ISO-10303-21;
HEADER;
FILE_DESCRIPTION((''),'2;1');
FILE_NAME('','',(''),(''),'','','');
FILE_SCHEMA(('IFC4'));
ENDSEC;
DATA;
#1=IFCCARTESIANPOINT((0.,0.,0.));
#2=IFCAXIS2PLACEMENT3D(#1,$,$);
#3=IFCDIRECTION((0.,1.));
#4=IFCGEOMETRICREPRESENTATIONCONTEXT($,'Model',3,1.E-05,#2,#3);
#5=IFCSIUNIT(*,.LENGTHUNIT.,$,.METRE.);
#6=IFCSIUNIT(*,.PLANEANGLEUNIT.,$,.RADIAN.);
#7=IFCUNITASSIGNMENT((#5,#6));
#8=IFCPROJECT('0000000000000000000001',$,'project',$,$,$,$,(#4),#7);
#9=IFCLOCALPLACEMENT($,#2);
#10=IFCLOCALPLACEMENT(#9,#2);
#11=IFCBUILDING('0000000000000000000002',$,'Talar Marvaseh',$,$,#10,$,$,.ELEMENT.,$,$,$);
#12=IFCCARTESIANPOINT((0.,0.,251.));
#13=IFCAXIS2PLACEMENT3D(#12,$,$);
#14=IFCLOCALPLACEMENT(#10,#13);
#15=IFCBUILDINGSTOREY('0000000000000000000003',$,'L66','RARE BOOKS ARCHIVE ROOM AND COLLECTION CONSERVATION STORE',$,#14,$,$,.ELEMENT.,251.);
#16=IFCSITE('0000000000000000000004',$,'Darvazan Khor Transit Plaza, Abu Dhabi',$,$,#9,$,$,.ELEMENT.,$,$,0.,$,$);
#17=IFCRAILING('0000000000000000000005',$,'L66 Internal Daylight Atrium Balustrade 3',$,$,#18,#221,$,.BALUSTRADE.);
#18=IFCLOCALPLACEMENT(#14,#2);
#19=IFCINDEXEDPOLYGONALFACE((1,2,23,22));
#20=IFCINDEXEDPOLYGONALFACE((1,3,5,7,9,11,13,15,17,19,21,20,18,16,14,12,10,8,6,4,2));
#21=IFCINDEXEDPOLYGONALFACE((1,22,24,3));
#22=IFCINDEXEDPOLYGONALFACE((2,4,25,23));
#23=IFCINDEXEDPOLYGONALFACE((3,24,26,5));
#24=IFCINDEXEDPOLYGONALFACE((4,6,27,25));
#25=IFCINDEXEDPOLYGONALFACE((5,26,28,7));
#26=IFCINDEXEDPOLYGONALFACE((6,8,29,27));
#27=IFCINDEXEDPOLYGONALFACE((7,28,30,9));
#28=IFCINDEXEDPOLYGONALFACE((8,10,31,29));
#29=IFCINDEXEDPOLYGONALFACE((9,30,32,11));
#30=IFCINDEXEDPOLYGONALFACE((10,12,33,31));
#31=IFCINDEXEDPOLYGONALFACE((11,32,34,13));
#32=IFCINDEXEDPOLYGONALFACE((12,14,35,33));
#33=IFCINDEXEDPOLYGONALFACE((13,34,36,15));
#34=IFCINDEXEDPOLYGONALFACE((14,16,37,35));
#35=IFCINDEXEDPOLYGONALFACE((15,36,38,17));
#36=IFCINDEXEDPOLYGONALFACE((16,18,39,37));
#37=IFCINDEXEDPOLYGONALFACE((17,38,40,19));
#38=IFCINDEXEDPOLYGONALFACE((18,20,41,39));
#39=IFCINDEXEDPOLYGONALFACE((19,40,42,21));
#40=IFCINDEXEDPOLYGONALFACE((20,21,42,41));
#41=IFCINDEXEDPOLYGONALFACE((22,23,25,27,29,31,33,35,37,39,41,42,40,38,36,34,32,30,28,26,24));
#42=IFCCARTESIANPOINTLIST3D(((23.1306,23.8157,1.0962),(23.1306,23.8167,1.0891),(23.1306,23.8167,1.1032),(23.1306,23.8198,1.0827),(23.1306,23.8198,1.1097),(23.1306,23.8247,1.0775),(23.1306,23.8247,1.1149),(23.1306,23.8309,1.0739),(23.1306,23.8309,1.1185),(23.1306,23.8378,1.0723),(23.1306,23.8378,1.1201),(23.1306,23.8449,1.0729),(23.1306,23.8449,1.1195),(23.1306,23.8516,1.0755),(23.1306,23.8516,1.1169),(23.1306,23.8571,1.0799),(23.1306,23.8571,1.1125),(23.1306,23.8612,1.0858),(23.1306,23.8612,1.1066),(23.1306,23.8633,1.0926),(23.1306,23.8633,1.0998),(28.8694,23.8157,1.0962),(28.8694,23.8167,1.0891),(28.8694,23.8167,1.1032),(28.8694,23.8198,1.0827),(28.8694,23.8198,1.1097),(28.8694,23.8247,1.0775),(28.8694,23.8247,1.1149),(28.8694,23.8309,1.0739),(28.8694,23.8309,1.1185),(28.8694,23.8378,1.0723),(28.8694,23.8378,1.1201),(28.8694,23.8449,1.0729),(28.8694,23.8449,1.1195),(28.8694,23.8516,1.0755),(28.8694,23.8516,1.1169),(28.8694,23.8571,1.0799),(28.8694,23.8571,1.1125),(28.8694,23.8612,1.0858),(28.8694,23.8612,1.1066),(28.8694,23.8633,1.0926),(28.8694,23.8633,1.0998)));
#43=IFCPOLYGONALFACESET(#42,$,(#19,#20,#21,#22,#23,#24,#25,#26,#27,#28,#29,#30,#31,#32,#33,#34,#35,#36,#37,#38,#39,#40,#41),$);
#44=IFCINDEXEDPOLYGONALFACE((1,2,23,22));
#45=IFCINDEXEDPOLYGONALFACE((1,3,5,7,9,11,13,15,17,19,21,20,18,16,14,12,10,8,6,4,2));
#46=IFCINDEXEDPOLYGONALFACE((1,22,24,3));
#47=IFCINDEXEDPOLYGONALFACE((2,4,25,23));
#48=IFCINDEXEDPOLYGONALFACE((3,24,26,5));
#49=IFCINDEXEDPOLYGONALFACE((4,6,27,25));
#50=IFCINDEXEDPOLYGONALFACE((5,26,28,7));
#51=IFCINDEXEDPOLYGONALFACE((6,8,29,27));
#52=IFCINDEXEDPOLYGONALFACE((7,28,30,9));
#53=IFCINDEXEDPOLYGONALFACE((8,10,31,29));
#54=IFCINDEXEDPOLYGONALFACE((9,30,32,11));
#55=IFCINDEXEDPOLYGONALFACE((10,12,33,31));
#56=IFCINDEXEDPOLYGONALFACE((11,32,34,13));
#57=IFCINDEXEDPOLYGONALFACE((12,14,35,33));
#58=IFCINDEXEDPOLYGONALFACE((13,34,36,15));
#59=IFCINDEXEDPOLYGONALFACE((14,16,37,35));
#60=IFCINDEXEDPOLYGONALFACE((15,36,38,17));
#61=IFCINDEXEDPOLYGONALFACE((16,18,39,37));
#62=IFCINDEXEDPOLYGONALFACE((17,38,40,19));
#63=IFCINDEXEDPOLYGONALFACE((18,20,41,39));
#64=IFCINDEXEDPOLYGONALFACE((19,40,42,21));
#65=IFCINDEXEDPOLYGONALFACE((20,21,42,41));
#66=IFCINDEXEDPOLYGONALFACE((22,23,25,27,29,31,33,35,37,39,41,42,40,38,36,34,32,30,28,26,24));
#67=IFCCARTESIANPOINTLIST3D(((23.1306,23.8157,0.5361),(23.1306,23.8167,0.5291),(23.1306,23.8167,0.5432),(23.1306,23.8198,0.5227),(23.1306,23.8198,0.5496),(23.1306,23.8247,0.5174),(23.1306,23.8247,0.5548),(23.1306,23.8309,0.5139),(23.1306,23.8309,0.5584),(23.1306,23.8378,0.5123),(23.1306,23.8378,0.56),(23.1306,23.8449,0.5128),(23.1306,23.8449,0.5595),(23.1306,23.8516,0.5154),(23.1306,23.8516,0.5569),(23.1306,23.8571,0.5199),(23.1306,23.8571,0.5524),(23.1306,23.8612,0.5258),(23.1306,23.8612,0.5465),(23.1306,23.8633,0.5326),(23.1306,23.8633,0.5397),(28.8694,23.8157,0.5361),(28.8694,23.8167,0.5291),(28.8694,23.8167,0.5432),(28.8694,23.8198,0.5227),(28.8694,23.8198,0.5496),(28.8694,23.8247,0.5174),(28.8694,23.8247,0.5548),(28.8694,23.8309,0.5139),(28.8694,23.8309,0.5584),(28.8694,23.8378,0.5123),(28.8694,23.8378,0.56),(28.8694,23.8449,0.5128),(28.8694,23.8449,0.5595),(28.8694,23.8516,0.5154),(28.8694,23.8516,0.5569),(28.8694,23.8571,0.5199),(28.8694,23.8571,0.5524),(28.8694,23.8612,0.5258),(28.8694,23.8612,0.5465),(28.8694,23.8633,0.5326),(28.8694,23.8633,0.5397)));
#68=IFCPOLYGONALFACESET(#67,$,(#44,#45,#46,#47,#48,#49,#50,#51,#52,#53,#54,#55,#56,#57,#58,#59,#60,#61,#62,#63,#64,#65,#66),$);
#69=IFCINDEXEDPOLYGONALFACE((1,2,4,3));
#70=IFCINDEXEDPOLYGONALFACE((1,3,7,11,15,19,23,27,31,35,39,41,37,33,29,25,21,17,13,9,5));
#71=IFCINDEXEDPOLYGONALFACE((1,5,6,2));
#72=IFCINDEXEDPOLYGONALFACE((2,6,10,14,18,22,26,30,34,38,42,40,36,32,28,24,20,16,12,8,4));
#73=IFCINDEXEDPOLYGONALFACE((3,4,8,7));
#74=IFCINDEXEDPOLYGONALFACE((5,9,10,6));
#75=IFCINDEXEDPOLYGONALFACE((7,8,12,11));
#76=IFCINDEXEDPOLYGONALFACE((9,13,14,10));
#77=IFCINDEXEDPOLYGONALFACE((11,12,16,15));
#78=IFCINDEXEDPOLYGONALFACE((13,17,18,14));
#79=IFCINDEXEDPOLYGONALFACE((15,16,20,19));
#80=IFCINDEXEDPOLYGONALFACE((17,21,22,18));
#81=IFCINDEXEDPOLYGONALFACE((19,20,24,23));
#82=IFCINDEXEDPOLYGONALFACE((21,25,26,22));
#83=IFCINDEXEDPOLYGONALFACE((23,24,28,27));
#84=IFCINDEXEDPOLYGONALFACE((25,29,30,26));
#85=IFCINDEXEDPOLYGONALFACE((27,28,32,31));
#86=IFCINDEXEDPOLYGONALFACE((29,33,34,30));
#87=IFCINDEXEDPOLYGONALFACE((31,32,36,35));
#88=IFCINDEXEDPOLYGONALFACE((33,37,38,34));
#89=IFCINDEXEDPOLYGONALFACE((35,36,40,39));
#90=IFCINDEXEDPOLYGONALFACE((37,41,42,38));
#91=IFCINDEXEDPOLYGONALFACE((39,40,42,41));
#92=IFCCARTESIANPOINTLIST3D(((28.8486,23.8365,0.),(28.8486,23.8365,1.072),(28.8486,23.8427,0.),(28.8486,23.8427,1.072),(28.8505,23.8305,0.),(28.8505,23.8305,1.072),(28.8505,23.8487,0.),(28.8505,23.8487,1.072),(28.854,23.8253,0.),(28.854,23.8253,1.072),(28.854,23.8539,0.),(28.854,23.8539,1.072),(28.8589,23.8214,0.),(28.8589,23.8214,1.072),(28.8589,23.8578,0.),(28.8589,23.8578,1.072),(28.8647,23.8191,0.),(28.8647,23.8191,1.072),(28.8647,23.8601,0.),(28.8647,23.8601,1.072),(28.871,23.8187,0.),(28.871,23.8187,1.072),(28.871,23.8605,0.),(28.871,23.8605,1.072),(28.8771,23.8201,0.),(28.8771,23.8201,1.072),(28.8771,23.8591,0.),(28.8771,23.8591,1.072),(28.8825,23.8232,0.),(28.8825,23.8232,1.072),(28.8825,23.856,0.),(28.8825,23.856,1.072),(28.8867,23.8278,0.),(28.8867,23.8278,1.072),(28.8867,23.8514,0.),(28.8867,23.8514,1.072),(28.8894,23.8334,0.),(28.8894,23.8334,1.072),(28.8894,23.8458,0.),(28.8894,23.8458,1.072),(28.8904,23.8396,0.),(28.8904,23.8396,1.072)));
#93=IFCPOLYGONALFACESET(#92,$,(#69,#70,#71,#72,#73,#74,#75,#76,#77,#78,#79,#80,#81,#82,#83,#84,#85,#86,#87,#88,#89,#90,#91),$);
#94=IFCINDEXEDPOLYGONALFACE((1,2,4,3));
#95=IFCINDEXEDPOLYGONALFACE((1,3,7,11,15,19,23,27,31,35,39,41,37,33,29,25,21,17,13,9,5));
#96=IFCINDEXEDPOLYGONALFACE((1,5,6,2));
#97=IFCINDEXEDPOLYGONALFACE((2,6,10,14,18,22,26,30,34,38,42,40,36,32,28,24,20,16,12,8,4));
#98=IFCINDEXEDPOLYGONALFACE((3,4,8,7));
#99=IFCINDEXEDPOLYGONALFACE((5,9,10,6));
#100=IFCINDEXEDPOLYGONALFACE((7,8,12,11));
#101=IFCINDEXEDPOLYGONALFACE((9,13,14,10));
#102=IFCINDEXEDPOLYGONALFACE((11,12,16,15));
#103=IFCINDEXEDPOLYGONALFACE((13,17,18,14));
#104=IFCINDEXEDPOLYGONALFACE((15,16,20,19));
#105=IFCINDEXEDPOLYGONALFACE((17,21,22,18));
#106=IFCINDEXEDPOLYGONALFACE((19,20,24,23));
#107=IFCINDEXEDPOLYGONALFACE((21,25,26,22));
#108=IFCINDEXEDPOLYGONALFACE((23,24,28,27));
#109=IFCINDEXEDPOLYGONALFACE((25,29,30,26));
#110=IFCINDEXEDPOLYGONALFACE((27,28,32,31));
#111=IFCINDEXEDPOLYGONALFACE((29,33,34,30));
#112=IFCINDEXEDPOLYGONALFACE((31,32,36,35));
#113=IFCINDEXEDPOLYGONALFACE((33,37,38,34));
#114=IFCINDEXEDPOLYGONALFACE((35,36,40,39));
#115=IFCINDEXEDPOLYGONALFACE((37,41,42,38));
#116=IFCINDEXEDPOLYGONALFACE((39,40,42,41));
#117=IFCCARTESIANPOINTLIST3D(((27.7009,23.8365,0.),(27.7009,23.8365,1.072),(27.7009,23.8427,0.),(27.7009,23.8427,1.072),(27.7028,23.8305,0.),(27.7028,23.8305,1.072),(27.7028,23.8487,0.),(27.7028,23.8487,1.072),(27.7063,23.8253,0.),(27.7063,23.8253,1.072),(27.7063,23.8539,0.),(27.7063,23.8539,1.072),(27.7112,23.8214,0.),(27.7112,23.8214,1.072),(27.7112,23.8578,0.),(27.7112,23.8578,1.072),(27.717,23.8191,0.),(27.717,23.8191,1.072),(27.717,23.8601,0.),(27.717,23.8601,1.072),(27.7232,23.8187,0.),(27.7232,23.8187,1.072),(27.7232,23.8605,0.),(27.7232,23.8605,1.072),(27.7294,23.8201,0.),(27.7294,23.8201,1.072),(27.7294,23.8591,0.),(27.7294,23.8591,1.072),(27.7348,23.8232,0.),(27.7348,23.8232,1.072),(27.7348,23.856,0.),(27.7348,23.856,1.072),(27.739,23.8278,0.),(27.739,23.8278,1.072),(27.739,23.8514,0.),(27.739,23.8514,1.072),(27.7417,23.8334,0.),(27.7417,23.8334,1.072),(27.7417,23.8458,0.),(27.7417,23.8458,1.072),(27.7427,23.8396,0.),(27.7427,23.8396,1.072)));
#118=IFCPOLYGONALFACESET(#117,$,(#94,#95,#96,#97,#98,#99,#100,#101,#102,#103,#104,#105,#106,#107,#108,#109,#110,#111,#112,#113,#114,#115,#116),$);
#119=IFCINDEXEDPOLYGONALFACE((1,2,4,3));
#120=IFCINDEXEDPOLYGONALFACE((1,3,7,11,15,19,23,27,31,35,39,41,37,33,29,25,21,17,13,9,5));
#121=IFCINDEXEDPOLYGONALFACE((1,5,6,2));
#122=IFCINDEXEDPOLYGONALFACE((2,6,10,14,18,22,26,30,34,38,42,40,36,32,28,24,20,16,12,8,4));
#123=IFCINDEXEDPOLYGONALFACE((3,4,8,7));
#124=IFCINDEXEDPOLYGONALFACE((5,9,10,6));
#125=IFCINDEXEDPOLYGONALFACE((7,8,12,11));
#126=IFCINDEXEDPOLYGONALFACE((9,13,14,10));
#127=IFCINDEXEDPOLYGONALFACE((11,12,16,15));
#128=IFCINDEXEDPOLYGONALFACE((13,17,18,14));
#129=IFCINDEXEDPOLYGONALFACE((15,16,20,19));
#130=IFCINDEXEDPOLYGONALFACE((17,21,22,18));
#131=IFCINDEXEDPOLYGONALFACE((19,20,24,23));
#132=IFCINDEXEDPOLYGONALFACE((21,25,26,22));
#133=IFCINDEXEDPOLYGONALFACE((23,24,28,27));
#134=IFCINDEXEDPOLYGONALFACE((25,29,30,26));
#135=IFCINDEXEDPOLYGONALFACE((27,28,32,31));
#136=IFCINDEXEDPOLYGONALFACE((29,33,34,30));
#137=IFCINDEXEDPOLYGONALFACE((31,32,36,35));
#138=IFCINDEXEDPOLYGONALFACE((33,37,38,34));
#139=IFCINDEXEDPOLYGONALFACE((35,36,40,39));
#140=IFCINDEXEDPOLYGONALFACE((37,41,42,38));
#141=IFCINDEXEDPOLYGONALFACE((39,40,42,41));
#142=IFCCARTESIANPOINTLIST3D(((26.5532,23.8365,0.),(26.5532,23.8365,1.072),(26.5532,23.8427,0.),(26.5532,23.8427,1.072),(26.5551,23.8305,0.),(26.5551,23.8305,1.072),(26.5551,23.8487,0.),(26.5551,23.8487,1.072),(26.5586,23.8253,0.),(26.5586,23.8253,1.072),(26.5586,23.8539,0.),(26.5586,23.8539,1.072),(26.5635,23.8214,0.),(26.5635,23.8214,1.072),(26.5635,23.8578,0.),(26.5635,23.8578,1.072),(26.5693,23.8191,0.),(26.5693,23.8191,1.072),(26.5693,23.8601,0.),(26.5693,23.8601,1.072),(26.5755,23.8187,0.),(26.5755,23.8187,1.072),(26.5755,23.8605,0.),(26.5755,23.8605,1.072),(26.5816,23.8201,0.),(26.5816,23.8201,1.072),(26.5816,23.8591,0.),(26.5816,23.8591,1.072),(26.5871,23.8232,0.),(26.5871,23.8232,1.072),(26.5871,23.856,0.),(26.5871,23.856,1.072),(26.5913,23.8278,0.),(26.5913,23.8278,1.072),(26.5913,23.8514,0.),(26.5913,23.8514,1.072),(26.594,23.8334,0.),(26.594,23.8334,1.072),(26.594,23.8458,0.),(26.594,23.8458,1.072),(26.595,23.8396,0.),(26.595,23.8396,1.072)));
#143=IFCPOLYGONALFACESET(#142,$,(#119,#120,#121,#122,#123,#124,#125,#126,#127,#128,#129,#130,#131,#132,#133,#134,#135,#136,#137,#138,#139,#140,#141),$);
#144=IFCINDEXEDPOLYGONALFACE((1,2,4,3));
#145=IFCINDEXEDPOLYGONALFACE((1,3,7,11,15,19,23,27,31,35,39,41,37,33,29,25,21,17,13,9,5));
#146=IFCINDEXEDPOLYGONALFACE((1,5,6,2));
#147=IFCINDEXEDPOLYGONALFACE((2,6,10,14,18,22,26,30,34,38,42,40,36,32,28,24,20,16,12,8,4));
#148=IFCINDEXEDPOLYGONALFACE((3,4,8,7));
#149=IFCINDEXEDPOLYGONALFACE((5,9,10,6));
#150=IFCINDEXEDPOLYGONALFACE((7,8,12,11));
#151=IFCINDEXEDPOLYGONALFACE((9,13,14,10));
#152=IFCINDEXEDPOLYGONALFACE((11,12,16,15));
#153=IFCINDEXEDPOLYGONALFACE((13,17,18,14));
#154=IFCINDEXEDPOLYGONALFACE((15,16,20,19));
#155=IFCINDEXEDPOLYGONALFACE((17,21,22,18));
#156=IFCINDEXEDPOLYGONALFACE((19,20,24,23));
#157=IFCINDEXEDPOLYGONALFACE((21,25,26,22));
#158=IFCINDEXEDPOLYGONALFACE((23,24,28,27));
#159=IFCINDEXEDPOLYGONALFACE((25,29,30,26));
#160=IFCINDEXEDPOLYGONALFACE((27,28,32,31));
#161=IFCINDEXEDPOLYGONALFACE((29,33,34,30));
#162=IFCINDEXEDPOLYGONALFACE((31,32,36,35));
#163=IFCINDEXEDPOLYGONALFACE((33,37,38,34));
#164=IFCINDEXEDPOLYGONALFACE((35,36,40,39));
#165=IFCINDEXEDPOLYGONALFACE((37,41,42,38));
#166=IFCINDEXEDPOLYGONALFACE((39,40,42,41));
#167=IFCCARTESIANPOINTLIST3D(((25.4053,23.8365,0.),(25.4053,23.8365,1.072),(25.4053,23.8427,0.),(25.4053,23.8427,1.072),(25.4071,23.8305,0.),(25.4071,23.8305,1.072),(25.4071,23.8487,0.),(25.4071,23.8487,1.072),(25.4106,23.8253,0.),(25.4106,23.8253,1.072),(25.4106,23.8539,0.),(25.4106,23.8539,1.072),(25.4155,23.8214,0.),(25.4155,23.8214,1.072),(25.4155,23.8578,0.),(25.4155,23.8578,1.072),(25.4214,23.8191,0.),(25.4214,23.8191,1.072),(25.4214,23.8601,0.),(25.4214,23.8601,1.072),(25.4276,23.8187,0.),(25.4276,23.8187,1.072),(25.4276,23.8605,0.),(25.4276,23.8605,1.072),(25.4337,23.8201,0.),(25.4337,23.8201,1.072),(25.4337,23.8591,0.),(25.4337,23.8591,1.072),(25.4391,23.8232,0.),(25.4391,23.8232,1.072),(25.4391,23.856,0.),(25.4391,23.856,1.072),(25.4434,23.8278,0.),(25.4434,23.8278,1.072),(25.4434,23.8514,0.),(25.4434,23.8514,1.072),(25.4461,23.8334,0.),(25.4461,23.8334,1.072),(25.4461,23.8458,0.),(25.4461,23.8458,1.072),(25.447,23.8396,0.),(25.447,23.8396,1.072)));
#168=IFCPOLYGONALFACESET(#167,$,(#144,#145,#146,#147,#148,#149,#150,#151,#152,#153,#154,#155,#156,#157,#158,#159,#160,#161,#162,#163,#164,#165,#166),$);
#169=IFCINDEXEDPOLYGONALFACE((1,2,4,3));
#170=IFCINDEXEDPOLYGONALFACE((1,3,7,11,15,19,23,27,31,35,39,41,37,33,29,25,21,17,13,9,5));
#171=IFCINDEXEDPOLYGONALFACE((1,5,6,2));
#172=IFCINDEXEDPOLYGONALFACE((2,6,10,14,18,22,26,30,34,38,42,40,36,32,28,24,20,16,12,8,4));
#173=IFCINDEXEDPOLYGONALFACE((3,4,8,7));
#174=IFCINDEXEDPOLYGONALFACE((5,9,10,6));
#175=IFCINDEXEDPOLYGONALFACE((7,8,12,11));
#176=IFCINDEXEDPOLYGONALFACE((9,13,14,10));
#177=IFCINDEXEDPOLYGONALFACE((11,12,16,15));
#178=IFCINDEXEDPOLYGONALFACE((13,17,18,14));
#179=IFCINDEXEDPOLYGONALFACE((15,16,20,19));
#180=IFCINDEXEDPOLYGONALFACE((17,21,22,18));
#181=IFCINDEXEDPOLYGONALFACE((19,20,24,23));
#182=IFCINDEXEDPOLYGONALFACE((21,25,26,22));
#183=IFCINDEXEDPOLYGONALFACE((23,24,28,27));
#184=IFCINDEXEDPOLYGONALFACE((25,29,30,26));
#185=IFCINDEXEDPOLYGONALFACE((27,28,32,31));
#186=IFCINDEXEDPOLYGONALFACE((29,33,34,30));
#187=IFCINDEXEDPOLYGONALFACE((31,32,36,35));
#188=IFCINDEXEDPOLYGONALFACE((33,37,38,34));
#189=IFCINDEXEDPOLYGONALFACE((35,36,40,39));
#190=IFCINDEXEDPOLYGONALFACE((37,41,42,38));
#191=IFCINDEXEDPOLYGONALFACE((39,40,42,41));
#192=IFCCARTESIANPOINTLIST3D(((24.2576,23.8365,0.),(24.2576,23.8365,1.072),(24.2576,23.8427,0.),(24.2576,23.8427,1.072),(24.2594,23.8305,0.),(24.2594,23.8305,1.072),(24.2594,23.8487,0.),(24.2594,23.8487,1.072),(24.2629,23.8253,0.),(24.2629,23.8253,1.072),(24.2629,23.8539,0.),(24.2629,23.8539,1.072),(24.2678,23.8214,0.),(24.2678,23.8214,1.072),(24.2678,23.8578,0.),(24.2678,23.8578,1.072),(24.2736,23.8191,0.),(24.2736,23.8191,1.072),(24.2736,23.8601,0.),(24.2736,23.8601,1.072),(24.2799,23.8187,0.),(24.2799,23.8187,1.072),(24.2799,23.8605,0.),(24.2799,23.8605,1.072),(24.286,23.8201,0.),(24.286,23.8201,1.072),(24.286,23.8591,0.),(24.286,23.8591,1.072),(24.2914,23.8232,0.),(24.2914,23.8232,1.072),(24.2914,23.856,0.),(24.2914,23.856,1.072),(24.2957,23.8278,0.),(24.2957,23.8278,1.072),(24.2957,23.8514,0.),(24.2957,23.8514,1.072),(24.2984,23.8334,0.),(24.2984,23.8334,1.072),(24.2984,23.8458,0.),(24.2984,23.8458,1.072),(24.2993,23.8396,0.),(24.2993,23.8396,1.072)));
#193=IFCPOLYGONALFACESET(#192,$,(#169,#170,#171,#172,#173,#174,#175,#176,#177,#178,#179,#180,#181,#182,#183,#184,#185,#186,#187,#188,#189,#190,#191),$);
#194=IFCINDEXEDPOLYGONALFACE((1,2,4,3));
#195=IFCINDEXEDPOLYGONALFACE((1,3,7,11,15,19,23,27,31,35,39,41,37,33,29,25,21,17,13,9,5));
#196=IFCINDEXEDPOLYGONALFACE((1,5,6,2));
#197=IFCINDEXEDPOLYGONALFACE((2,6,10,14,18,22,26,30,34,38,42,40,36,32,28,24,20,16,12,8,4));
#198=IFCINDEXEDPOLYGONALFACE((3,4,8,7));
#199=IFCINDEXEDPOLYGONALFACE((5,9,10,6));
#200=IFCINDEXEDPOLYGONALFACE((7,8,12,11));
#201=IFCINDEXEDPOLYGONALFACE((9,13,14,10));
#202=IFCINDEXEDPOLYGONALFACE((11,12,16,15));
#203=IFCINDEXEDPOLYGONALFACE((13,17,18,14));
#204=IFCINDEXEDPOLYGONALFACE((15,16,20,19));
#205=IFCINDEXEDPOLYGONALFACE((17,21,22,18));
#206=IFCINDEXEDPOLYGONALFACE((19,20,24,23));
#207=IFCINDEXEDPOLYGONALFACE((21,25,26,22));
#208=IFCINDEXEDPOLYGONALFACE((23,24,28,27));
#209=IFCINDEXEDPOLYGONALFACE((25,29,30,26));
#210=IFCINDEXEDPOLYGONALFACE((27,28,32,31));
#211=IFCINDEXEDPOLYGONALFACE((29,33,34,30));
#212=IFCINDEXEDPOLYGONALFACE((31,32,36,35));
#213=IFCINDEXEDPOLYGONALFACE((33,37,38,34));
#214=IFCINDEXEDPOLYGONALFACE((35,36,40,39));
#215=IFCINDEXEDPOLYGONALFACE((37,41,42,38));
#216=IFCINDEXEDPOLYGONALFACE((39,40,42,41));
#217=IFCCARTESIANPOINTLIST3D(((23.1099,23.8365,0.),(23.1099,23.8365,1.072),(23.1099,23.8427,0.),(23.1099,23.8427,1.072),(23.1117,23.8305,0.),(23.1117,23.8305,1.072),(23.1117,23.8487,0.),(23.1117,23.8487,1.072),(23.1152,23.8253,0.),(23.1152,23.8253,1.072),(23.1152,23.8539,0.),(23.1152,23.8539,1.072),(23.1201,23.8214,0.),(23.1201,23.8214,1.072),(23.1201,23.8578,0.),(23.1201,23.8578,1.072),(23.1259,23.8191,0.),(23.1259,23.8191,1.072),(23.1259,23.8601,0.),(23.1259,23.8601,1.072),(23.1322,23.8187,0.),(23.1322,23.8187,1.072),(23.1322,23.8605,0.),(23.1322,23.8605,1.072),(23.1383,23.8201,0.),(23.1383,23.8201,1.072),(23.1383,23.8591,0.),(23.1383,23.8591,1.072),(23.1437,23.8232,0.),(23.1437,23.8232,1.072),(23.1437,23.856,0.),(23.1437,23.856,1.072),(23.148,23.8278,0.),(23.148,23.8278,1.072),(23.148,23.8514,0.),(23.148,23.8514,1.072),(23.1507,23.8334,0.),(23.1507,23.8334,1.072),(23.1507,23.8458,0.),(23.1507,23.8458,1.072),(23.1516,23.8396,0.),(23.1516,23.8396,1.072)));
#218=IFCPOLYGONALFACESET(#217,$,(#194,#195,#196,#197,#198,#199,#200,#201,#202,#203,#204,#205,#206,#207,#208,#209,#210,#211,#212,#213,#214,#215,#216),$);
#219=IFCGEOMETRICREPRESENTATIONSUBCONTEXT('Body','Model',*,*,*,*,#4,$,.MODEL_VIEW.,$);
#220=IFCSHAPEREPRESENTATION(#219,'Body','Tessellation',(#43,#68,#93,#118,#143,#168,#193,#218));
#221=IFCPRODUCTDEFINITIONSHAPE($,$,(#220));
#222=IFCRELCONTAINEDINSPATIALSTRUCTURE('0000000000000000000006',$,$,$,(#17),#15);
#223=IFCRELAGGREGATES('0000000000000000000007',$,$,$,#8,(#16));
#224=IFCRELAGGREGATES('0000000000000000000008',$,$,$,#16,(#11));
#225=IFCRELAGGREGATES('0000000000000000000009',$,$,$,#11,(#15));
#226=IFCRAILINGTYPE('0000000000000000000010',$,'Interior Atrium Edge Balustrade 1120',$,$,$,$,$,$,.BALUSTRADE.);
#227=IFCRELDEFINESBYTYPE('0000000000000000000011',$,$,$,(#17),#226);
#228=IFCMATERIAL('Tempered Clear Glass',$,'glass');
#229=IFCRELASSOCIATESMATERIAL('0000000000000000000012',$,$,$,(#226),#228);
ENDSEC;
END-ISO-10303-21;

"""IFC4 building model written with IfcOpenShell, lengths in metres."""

from ifc_helpers import new_model, si_unit, direction, frame, origin, origin_2d, place, context, subcontext, project, spatial, circle, extrude, material, type_object, element, save


model = new_model("IFC4")

# Units and contexts
model_context = context("Model", 3, precision=1e-05, world=origin(), true_north=direction((0.0, 1.0)))
body_context = subcontext(model_context, "Body", "Model", "MODEL_VIEW")
ifc_project = project(units=[si_unit("LENGTHUNIT", "METRE"), si_unit("PLANEANGLEUNIT", "RADIAN")], contexts=[model_context])

# Site, building, storey
site_placement = place(None, origin())
site = spatial("IfcSite", under=ifc_project, at=site_placement, Name="Darvazan Khor Transit Plaza, Abu Dhabi", CompositionType="ELEMENT", RefElevation=0.0)
building_placement = place(site_placement, origin())
building = spatial("IfcBuilding", under=site, at=building_placement, Name="Talar Marvaseh", CompositionType="ELEMENT")
storey_placement = place(building_placement, frame((0.0, 0.0, 251.0)))
storey = spatial("IfcBuildingStorey", under=building, at=storey_placement, Name="L66", Description="RARE BOOKS ARCHIVE ROOM AND COLLECTION CONSERVATION STORE", CompositionType="ELEMENT", Elevation=251.0)

# Railing
ifc_material_1 = material(Name="Tempered Clear Glass", Category="glass")
railing_type = type_object("IfcRailingType", Name="Interior Atrium Edge Balustrade 1120", PredefinedType="BALUSTRADE", material=ifc_material_1)
railing_1_placement = place(storey_placement, frame((28.8694, 23.8396, 0.0)))
element("IfcRailing", 1, at=railing_1_placement, inside=storey, type_object=railing_type, Name="L66 Internal Daylight Atrium Balustrade 3", PredefinedType="BALUSTRADE", context=body_context, shape_type="SweptSolid", body=[
    extrude(circle(Radius=0.0239, at=origin_2d()), frame((0.0, 0.0, 1.0962), z_axis=(-1.0, 0.0, 0.0), x_axis=(0.0, -1.0, 0.0)), (0.0, 0.0, 1.0), 5.7388),
    extrude(circle(Radius=0.0239, at=origin_2d()), frame((0.0, 0.0, 0.5361), z_axis=(-1.0, 0.0, 0.0), x_axis=(0.0, -1.0, 0.0)), (0.0, 0.0, 1.0), 5.7388),
    extrude(circle(Radius=0.021, at=origin_2d()), origin(), (0.0, 0.0, 1.0), 1.072),
    extrude(circle(Radius=0.021, at=origin_2d()), frame((-1.1477, 0.0, 0.0)), (0.0, 0.0, 1.0), 1.072),
    extrude(circle(Radius=0.021, at=origin_2d()), frame((-2.2954, 0.0, 0.0)), (0.0, 0.0, 1.0), 1.072),
    extrude(circle(Radius=0.021, at=origin_2d()), frame((-3.4434, 0.0, 0.0)), (0.0, 0.0, 1.0), 1.072),
    extrude(circle(Radius=0.021, at=origin_2d()), frame((-4.5911, 0.0, 0.0)), (0.0, 0.0, 1.0), 1.072),
    extrude(circle(Radius=0.021, at=origin_2d()), frame((-5.7388, 0.0, 0.0)), (0.0, 0.0, 1.0), 1.072),
])

save(model, "model.ifc")
